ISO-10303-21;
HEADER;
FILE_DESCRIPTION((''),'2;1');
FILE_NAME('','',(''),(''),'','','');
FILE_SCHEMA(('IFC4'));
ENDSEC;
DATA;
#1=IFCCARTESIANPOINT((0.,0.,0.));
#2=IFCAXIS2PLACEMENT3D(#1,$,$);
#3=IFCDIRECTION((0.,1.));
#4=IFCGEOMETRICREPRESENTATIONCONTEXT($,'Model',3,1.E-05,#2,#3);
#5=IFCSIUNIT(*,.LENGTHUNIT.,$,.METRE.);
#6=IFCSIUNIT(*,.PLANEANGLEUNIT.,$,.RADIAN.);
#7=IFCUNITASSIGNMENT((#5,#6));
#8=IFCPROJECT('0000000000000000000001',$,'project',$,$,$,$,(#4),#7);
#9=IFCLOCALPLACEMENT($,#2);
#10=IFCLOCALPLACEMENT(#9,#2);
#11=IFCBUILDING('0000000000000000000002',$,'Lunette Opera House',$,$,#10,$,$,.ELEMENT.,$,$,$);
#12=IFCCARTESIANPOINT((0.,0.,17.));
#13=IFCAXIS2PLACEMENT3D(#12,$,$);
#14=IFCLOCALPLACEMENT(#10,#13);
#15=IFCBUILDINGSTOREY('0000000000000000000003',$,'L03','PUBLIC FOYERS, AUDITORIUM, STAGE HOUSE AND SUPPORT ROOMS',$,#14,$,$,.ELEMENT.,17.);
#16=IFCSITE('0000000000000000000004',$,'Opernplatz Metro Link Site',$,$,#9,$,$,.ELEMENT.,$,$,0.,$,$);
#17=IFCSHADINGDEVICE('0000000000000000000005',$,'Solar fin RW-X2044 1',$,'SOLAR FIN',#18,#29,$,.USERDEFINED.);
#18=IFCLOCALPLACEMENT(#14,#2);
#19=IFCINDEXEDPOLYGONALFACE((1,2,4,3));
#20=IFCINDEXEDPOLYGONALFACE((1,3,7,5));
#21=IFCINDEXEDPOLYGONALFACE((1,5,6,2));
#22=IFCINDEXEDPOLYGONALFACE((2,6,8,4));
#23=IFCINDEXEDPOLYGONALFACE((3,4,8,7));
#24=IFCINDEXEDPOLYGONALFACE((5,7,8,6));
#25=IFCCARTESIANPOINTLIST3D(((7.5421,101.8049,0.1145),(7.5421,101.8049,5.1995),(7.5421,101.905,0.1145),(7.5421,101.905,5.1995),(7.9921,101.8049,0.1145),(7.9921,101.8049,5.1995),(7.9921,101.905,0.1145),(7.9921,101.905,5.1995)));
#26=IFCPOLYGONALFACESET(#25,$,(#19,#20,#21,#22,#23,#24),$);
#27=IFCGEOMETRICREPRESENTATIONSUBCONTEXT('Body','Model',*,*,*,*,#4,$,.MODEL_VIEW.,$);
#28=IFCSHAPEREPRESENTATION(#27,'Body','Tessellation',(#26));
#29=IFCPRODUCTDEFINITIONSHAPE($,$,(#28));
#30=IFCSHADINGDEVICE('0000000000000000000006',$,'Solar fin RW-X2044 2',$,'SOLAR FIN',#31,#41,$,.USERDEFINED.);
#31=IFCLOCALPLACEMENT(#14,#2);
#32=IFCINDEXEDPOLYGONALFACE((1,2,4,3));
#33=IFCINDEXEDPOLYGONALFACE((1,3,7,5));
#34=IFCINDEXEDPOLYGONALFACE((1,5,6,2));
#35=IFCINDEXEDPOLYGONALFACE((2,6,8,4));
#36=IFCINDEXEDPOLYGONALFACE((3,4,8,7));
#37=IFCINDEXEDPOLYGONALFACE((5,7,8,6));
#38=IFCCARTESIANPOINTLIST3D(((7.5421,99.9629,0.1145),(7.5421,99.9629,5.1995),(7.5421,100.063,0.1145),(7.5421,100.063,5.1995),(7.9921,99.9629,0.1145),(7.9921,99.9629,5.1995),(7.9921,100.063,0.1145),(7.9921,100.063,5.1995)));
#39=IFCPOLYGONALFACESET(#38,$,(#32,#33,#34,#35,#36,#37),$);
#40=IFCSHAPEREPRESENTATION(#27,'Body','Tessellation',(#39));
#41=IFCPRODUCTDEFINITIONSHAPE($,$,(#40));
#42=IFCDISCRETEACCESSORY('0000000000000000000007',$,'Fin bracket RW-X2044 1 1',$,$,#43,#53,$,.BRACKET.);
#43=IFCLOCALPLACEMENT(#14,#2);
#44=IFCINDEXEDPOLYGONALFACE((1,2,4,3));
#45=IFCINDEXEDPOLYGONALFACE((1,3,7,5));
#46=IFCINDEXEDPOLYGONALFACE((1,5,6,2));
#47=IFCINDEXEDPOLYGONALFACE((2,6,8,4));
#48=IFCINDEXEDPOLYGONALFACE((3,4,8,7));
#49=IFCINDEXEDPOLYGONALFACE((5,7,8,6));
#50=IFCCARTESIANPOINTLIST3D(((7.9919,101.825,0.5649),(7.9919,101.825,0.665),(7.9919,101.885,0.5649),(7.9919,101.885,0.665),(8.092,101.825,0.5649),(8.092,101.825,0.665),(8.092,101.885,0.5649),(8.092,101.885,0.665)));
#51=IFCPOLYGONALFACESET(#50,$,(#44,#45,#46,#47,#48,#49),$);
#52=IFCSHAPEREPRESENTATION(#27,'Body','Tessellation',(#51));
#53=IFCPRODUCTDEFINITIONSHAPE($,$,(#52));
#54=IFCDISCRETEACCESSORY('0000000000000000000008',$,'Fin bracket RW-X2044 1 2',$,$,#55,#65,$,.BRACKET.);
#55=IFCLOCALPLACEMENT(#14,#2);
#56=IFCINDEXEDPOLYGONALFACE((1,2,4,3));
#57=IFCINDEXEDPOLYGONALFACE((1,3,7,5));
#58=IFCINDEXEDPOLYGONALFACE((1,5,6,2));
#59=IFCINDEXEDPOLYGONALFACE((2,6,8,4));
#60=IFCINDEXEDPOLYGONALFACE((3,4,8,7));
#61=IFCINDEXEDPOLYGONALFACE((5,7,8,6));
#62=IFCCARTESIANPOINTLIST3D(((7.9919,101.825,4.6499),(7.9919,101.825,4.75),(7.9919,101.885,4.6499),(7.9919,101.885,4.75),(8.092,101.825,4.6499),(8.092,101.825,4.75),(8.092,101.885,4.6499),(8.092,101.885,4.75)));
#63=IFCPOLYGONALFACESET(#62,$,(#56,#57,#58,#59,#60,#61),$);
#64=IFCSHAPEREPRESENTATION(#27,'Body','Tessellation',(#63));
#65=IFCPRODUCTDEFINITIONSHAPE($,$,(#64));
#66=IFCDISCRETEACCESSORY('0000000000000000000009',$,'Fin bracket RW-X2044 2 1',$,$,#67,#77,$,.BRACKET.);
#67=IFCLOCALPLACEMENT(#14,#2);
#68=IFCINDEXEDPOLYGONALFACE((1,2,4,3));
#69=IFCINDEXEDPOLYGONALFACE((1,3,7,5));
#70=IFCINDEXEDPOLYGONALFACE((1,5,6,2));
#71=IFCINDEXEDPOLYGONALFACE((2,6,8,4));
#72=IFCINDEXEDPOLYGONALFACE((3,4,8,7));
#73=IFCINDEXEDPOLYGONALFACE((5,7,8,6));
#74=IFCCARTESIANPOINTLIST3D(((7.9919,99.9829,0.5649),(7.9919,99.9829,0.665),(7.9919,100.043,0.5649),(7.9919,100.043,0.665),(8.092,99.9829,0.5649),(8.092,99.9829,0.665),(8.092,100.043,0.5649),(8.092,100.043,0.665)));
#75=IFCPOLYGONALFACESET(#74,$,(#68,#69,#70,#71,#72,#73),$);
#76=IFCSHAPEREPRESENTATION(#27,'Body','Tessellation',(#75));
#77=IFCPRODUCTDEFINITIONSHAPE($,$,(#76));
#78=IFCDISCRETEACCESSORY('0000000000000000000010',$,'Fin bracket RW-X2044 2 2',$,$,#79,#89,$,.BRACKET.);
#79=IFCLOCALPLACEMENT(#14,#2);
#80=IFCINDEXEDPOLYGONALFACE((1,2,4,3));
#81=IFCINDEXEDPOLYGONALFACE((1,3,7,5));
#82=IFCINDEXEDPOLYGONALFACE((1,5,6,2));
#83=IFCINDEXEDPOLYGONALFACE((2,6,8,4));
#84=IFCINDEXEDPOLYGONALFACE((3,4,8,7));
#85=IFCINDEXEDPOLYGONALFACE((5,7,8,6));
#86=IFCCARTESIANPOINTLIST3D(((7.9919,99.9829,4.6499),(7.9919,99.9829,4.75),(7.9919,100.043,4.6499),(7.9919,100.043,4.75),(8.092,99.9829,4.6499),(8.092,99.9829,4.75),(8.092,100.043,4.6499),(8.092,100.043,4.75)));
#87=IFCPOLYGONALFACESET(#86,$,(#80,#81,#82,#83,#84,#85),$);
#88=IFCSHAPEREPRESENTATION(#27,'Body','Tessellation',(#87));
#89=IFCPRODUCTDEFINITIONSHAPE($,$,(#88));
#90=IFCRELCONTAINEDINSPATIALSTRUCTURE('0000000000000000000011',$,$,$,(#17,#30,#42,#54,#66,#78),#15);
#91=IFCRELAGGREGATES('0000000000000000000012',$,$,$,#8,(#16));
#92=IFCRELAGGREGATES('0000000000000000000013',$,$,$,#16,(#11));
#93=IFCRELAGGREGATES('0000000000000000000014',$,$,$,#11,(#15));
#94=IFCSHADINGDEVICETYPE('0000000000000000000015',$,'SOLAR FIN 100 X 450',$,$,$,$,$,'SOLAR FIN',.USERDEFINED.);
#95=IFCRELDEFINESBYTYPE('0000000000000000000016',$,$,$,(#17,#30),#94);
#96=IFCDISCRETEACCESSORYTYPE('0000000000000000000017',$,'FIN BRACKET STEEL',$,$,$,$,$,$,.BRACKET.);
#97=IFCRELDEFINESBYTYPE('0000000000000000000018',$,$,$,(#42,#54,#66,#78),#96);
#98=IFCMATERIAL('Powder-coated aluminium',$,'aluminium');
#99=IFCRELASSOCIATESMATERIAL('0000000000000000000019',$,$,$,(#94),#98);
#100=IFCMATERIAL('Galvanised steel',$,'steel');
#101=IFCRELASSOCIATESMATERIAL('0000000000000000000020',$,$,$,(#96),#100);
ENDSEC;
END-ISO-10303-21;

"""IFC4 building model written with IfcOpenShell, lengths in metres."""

from ifc_helpers import new_model, si_unit, direction, frame, origin, origin_2d, place, context, subcontext, project, spatial, rectangle, extrude, material, type_object, element, save


model = new_model("IFC4")

# Units and contexts
model_context = context("Model", 3, precision=1e-05, world=origin(), true_north=direction((0.0, 1.0)))
body_context = subcontext(model_context, "Body", "Model", "MODEL_VIEW")
ifc_project = project(units=[si_unit("LENGTHUNIT", "METRE"), si_unit("PLANEANGLEUNIT", "RADIAN")], contexts=[model_context])

# Site, building, storey
site_placement = place(None, origin())
site = spatial("IfcSite", under=ifc_project, at=site_placement, Name="Opernplatz Metro Link Site", CompositionType="ELEMENT", RefElevation=0.0)
building_placement = place(site_placement, origin())
building = spatial("IfcBuilding", under=site, at=building_placement, Name="Lunette Opera House", CompositionType="ELEMENT")
storey_placement = place(building_placement, frame((0.0, 0.0, 17.0)))
storey = spatial("IfcBuildingStorey", under=building, at=storey_placement, Name="L03", Description="PUBLIC FOYERS, AUDITORIUM, STAGE HOUSE AND SUPPORT ROOMS", CompositionType="ELEMENT", Elevation=17.0)

# Shading devices
ifc_material_1 = material(Name="Powder-coated aluminium", Category="aluminium")
shading_device_type = type_object("IfcShadingDeviceType", Name="SOLAR FIN 100 X 450", ElementType="SOLAR FIN", PredefinedType="USERDEFINED", material=ifc_material_1)
for number, where, z_axis, x_axis, name in (
    (1, (7.7671, 101.855, 0.1145), (0.0, 0.0, 1.0), (-1.0, 0.0, 0.0), "Solar fin RW-X2044 1"),
    (2, (7.7671, 100.0129, 0.1145), (0.0, 0.0, 1.0), (-1.0, 0.0, 0.0), "Solar fin RW-X2044 2"),
):
    element("IfcShadingDevice", number, at=place(storey_placement, frame(where, z_axis=z_axis, x_axis=x_axis)), inside=storey, type_object=shading_device_type, Name=name, ObjectType="SOLAR FIN", PredefinedType="USERDEFINED", context=body_context, shape_type="SweptSolid", body=[
        extrude(rectangle(XDim=0.45, YDim=0.1001, at=origin_2d()), origin(), (0.0, 0.0, 1.0), 5.085),
    ])

# Discrete accessories
ifc_material_2 = material(Name="Galvanised steel", Category="steel")
discrete_accessory_type = type_object("IfcDiscreteAccessoryType", Name="FIN BRACKET STEEL", PredefinedType="BRACKET", material=ifc_material_2)
for number, where, z_axis, x_axis, name in (
    (3, (8.042, 101.855, 0.5649), (0.0, 0.0, 1.0), (-1.0, 0.0, 0.0), "Fin bracket RW-X2044 1 1"),
    (4, (8.042, 101.855, 4.6499), (0.0, 0.0, 1.0), (-1.0, 0.0, 0.0), "Fin bracket RW-X2044 1 2"),
    (5, (8.042, 100.0129, 0.5649), (0.0, 0.0, 1.0), (-1.0, 0.0, 0.0), "Fin bracket RW-X2044 2 1"),
    (6, (8.042, 100.0129, 4.6499), (0.0, 0.0, 1.0), (-1.0, 0.0, 0.0), "Fin bracket RW-X2044 2 2"),
):
    element("IfcDiscreteAccessory", number, at=place(storey_placement, frame(where, z_axis=z_axis, x_axis=x_axis)), inside=storey, type_object=discrete_accessory_type, Name=name, PredefinedType="BRACKET", context=body_context, shape_type="SweptSolid", body=[
        extrude(rectangle(XDim=0.1001, YDim=0.0601, at=origin_2d()), origin(), (0.0, 0.0, 1.0), 0.1001),
    ])

save(model, "model.ifc")
